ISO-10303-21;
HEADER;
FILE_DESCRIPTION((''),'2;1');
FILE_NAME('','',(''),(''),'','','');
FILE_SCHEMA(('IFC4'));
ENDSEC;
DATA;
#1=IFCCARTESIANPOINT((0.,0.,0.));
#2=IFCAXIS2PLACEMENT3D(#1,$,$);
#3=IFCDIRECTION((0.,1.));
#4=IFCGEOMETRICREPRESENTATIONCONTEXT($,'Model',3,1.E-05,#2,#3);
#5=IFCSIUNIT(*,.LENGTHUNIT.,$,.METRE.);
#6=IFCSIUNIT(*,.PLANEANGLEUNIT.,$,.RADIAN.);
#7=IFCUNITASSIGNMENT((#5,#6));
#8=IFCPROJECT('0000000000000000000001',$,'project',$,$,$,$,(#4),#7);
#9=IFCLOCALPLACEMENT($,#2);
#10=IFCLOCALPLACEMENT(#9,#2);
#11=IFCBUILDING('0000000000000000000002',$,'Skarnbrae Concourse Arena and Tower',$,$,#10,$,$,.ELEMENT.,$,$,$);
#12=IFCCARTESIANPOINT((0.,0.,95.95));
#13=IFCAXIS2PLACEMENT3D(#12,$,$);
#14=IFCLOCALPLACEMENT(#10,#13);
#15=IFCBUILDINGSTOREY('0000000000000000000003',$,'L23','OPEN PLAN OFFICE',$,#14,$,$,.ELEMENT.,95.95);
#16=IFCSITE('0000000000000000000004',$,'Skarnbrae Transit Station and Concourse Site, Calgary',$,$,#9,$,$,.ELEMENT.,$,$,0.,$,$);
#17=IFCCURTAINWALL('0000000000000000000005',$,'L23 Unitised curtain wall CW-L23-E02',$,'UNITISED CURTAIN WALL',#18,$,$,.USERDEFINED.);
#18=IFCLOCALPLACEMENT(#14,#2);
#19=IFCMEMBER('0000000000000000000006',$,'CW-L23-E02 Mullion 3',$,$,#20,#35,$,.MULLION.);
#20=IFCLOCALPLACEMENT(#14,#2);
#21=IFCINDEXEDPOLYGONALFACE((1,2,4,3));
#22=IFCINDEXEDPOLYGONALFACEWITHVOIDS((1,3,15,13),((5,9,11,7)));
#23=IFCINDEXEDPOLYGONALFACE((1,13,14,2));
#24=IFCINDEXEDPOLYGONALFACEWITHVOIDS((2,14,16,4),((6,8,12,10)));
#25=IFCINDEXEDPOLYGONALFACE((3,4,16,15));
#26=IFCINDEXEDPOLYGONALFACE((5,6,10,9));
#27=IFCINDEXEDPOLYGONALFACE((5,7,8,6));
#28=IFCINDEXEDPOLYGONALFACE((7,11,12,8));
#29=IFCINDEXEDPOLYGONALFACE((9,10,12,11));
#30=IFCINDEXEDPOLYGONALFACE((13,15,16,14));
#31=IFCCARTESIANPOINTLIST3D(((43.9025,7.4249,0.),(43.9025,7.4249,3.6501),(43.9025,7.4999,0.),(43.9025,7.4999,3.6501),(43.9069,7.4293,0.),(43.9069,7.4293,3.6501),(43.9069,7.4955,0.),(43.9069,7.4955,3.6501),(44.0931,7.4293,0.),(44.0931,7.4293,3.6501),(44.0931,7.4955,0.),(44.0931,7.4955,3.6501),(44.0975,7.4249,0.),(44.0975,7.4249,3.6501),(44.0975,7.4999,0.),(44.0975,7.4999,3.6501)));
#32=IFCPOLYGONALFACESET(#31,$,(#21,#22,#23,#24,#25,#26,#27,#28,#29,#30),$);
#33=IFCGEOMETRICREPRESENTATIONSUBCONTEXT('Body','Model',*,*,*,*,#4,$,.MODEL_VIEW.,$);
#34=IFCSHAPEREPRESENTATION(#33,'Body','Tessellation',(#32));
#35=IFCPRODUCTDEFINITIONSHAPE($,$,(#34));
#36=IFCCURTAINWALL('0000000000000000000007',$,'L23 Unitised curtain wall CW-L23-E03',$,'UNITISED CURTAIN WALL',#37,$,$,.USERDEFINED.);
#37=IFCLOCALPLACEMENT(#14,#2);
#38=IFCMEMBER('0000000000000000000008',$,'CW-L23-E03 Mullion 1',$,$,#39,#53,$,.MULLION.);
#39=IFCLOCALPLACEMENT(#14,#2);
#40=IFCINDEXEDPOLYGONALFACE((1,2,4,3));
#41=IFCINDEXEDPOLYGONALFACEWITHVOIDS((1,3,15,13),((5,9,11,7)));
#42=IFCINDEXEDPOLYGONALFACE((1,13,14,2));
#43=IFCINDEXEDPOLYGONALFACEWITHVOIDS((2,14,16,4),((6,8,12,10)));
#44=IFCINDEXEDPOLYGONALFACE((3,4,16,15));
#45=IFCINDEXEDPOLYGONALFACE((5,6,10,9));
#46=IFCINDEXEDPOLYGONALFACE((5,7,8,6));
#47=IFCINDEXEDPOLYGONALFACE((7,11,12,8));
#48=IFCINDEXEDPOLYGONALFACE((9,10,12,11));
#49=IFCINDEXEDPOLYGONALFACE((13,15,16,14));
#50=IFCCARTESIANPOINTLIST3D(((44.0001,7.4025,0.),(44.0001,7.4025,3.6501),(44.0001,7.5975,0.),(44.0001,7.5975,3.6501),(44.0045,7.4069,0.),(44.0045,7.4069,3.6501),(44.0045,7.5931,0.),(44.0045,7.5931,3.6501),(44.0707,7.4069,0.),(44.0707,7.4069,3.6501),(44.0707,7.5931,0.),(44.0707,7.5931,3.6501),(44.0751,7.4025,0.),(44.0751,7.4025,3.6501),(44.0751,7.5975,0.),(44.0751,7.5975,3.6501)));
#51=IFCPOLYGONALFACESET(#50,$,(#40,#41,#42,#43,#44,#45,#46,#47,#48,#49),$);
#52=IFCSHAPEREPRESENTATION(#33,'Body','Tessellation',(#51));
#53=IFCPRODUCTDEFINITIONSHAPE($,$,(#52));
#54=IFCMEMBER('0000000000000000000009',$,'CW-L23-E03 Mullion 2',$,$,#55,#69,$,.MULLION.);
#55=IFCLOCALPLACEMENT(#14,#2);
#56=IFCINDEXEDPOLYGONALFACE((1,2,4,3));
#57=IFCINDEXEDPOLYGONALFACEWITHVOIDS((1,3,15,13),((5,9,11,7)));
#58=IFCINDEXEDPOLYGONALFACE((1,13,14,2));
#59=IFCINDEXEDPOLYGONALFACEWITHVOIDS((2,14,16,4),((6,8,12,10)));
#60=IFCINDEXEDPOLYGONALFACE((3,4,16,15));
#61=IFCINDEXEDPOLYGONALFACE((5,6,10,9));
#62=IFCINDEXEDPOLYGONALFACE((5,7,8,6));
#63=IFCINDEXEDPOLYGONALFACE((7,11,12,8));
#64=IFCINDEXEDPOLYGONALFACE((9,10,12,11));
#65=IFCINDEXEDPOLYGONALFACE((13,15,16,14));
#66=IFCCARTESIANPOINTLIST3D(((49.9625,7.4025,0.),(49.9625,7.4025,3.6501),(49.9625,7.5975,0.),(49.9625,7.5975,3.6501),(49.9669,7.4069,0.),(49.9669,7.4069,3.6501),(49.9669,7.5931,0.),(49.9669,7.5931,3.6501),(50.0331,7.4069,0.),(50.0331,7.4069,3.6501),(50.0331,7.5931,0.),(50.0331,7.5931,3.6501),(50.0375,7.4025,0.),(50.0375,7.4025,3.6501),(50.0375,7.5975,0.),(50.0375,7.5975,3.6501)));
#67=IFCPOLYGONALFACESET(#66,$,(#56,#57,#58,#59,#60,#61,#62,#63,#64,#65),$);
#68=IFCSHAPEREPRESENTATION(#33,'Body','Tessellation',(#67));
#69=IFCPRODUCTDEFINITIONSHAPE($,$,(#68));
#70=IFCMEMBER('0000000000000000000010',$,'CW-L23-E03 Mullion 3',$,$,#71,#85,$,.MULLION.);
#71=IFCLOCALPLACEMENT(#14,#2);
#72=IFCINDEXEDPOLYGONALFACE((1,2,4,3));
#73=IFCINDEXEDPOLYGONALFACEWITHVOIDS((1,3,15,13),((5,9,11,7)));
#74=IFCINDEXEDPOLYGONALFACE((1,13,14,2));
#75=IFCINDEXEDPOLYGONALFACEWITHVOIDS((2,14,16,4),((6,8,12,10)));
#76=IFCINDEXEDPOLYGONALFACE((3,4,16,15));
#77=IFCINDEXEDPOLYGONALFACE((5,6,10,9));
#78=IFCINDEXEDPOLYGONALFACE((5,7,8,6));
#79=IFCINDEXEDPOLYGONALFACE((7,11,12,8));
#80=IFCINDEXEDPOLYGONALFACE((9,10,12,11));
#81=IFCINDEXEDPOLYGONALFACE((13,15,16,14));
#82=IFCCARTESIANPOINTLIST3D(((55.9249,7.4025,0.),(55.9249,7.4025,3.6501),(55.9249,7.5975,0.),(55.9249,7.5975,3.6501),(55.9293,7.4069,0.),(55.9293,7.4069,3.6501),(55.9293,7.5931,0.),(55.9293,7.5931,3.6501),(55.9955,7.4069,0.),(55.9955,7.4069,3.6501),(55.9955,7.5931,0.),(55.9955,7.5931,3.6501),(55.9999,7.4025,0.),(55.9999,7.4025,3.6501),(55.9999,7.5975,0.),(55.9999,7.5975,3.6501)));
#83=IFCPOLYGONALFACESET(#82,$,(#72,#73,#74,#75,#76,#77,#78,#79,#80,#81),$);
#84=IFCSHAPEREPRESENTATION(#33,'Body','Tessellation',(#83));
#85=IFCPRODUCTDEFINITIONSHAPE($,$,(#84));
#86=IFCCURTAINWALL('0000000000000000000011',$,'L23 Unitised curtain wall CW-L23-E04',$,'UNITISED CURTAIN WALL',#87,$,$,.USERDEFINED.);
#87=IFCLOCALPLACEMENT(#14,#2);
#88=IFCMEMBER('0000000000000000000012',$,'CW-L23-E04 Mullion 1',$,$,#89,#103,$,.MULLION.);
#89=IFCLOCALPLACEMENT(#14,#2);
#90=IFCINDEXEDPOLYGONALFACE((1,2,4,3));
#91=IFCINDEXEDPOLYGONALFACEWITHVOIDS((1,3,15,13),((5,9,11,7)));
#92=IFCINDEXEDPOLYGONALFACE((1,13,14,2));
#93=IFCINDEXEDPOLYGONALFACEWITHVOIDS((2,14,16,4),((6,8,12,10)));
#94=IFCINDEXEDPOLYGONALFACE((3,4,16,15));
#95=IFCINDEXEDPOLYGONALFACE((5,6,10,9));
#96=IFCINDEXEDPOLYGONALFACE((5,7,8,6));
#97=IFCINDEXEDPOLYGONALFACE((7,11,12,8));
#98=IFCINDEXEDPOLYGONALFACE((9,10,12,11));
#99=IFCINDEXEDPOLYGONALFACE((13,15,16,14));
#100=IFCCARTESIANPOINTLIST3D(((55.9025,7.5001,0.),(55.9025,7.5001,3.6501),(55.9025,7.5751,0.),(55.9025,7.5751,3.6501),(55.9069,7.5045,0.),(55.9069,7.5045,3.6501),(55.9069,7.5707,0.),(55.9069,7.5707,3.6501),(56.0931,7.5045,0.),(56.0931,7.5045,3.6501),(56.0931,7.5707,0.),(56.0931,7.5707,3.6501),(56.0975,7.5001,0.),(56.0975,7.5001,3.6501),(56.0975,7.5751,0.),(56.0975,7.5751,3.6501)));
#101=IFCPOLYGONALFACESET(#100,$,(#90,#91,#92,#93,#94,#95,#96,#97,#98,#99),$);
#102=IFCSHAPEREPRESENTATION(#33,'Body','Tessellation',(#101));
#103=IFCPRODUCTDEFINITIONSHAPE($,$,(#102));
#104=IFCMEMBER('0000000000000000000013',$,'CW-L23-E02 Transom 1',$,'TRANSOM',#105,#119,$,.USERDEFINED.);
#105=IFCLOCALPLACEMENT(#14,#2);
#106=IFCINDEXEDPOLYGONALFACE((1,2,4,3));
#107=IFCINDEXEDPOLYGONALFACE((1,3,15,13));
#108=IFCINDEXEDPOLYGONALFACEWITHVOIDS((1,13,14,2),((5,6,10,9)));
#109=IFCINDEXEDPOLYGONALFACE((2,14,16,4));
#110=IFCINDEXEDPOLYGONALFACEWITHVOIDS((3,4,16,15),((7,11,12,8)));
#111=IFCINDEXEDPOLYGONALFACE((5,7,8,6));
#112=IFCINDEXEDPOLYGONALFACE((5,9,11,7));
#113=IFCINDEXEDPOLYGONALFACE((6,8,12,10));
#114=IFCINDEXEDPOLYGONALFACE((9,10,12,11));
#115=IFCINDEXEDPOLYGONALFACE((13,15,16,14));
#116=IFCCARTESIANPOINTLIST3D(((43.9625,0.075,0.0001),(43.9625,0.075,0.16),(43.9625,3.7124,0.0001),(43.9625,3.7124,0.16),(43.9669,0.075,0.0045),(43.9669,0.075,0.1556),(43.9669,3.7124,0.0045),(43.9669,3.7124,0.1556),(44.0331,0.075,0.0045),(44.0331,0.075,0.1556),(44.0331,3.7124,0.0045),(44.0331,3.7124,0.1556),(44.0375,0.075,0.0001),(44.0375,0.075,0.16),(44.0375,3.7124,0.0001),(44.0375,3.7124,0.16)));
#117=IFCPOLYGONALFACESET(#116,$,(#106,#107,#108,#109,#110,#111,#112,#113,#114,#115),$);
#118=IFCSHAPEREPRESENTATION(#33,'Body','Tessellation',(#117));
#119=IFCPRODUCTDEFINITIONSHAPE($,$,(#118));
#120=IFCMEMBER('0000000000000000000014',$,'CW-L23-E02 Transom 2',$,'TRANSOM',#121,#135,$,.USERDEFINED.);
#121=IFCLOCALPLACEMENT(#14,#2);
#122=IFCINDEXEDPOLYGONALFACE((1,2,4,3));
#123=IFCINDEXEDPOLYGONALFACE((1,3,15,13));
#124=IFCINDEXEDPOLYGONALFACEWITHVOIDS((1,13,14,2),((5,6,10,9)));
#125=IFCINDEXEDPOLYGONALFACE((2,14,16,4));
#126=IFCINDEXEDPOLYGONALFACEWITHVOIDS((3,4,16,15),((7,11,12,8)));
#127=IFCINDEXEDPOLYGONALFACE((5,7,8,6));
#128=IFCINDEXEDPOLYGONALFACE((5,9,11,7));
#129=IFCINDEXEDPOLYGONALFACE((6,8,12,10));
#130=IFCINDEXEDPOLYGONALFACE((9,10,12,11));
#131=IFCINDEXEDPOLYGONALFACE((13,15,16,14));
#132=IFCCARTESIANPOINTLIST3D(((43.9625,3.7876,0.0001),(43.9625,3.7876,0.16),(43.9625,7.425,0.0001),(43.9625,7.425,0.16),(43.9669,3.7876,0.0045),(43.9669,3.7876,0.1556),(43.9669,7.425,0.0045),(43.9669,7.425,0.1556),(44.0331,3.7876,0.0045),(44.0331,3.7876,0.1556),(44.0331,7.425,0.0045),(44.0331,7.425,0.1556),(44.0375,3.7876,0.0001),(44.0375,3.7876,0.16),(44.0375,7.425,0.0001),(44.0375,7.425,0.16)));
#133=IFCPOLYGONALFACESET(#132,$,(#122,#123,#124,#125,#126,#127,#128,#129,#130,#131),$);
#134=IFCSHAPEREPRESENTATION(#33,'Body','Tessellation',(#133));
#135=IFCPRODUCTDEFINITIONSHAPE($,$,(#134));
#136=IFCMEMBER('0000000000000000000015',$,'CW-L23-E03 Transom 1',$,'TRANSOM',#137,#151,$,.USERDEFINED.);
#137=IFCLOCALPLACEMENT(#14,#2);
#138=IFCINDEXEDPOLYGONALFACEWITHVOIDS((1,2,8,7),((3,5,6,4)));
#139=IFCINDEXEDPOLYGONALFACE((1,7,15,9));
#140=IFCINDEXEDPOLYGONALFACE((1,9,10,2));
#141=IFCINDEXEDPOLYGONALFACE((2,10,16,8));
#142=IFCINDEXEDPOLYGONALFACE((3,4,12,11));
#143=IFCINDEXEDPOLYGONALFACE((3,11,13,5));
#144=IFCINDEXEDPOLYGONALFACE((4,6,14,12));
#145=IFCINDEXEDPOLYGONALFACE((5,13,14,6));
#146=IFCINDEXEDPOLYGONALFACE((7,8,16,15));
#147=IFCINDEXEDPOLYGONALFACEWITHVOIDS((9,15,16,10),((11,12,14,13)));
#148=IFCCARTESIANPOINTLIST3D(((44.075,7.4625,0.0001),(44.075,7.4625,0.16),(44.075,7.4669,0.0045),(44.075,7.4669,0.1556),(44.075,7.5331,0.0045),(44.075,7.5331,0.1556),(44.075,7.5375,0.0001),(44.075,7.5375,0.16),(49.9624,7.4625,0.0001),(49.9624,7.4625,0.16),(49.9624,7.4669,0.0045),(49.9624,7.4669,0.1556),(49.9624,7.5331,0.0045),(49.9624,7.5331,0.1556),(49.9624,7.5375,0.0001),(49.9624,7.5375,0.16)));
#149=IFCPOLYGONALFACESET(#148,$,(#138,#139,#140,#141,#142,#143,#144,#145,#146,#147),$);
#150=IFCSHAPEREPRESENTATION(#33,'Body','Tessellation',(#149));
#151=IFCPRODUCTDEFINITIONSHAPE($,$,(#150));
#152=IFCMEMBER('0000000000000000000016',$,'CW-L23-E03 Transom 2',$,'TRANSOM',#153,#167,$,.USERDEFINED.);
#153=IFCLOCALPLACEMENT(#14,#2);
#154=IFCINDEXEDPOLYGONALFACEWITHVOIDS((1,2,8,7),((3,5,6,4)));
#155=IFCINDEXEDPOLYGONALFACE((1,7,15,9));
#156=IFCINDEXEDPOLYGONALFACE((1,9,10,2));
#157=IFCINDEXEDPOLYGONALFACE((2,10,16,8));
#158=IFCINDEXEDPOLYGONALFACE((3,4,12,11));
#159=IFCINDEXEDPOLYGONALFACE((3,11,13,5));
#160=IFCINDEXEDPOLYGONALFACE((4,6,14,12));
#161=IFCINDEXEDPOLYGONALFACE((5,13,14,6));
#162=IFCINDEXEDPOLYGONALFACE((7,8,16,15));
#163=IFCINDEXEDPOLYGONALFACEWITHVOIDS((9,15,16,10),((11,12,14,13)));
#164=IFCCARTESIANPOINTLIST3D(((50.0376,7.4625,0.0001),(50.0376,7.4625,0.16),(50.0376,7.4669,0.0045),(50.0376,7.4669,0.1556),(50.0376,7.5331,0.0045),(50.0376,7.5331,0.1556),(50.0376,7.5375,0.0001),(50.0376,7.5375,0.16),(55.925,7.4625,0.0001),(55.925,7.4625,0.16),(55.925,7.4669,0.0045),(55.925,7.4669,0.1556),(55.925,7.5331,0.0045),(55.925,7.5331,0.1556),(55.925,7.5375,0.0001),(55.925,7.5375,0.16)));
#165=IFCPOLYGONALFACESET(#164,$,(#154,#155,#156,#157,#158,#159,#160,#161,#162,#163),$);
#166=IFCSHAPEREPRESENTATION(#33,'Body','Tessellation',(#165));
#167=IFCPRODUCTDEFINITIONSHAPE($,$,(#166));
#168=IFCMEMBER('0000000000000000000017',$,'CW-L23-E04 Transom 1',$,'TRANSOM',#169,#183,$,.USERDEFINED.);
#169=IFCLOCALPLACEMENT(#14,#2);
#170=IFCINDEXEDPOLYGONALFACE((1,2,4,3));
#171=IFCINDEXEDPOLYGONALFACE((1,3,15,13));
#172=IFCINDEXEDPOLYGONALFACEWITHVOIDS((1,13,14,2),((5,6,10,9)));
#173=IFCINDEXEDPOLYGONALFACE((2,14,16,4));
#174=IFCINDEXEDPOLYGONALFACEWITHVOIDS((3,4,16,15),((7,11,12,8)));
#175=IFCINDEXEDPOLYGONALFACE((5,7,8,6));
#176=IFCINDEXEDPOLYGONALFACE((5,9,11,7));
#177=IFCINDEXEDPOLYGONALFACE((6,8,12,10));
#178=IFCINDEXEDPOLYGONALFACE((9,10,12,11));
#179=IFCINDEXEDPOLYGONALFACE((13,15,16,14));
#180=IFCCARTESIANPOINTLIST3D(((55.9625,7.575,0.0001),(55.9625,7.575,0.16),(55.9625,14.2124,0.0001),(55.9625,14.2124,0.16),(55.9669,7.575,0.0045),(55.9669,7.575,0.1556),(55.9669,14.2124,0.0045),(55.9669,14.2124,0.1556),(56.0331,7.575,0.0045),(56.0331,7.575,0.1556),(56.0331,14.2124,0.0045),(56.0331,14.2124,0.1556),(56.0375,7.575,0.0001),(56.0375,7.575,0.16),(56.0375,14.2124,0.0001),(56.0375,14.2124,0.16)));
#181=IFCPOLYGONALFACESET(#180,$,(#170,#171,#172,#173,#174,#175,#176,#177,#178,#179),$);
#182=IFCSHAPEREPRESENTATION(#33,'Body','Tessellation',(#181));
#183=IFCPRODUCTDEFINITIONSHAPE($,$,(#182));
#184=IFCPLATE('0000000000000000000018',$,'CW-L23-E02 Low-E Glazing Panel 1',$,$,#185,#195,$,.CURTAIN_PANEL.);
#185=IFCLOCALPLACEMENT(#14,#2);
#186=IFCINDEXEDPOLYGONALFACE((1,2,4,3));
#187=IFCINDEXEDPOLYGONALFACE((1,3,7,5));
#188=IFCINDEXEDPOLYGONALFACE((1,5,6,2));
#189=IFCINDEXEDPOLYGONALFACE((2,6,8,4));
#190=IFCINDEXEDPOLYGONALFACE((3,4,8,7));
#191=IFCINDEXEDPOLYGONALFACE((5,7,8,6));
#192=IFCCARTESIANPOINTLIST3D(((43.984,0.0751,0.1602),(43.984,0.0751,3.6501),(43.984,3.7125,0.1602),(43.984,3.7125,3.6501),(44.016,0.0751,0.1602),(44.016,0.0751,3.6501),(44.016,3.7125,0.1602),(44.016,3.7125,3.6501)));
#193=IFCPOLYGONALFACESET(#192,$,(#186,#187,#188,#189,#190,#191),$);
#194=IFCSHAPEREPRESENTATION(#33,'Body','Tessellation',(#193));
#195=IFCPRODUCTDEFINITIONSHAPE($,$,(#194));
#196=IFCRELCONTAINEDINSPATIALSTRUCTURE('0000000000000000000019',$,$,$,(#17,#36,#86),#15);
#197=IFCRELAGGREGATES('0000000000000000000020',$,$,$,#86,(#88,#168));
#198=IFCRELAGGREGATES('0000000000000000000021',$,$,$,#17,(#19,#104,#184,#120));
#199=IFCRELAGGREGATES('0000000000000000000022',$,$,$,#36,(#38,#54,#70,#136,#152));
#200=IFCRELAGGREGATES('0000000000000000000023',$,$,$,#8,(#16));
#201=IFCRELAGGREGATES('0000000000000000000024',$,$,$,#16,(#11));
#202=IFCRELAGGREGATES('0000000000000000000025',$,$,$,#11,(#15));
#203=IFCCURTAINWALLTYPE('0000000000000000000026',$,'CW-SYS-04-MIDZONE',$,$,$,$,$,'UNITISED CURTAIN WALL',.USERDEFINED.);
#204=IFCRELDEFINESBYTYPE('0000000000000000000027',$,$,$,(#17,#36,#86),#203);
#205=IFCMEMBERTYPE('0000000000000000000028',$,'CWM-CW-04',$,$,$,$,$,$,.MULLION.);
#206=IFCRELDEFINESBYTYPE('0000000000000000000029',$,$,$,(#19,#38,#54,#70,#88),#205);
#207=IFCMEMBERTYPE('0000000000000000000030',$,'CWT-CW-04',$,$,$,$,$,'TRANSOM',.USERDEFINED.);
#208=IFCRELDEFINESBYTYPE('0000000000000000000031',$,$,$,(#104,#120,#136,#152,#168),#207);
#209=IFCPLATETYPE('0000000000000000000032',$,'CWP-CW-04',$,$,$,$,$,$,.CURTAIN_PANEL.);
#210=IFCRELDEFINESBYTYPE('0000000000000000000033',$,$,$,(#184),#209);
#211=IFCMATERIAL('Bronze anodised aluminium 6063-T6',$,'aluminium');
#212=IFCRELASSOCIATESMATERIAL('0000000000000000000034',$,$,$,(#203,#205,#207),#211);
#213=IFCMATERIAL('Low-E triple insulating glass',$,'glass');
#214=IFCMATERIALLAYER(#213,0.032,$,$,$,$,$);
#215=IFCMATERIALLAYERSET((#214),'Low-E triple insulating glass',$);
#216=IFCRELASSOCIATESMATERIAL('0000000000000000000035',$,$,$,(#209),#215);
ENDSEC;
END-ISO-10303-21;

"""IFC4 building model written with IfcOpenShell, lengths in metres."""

from ifc_helpers import new_model, si_unit, direction, frame, origin, origin_2d, place, context, subcontext, project, spatial, rectangle, hollow_rectangle, extrude, source, transform, mapped, material, layer, layer_set, material_profile, profile_set, type_object, element, aggregate, save


model = new_model("IFC4")

# Units and contexts
model_context = context("Model", 3, precision=1e-05, world=origin(), true_north=direction((0.0, 1.0)))
body_context = subcontext(model_context, "Body", "Model", "MODEL_VIEW")
ifc_project = project(units=[si_unit("LENGTHUNIT", "METRE"), si_unit("PLANEANGLEUNIT", "RADIAN")], contexts=[model_context])

# Site, building, storey
site_placement = place(None, origin())
site = spatial("IfcSite", under=ifc_project, at=site_placement, Name="Skarnbrae Transit Station and Concourse Site, Calgary", CompositionType="ELEMENT", RefElevation=0.0)
building_placement = place(site_placement, origin())
building = spatial("IfcBuilding", under=site, at=building_placement, Name="Skarnbrae Concourse Arena and Tower", CompositionType="ELEMENT")
storey_placement = place(building_placement, frame((0.0, 0.0, 95.95)))
storey = spatial("IfcBuildingStorey", under=building, at=storey_placement, Name="L23", Description="OPEN PLAN OFFICE", CompositionType="ELEMENT", Elevation=95.95)

# Shared definitions
ifc_material_1 = material(Name="Bronze anodised aluminium 6063-T6", Category="aluminium")
curtain_wall_type = type_object("IfcCurtainWallType", Name="CW-SYS-04-MIDZONE", ElementType="UNITISED CURTAIN WALL", PredefinedType="USERDEFINED", material=ifc_material_1)
ifc_material_profile_1 = material_profile(ifc_material_1, hollow_rectangle(XDim=0.075, YDim=0.1951, WallThickness=0.0044, at=origin_2d()), Name="ALU-MULL-75X195")
ifc_profile_set_1 = profile_set([ifc_material_profile_1], Name="Bronze anodised aluminium 6063-T6")
member_type_1 = type_object("IfcMemberType", Name="CWM-CW-04", PredefinedType="MULLION", material=ifc_profile_set_1)
shared_shape_1 = source(origin(), body_context, "Body", "SweptSolid", [
    extrude(hollow_rectangle(XDim=0.075, YDim=0.1951, WallThickness=0.0044, at=origin_2d()), origin(), (0.0, 0.0, 1.0), 3.6501),
])

# Curtain walls, members
curtain_wall_1_placement = place(storey_placement, origin())
curtain_wall_1 = element("IfcCurtainWall", 1, at=curtain_wall_1_placement, inside=storey, type_object=curtain_wall_type, Name="L23 Unitised curtain wall CW-L23-E02", ObjectType="UNITISED CURTAIN WALL", PredefinedType="USERDEFINED")
member_1_placement = place(storey_placement, frame((44.0, 7.4624, 0.0), z_axis=(0.0, 0.0, 1.0), x_axis=(0.0, 1.0, 0.0)))
member_1 = element("IfcMember", 2, at=member_1_placement, type_object=member_type_1, Name="CW-L23-E02 Mullion 3", PredefinedType="MULLION", context=body_context, shape_type="MappedRepresentation", body=[
    mapped(shared_shape_1, transform((0.0, 0.0, 0.0))),
])
curtain_wall_2_placement = place(storey_placement, origin())
curtain_wall_2 = element("IfcCurtainWall", 3, at=curtain_wall_2_placement, inside=storey, type_object=curtain_wall_type, Name="L23 Unitised curtain wall CW-L23-E03", ObjectType="UNITISED CURTAIN WALL", PredefinedType="USERDEFINED")
member_2_placement = place(storey_placement, frame((44.0376, 7.5, 0.0), z_axis=(0.0, 0.0, 1.0), x_axis=(1.0, 0.0, 0.0)))
member_2 = element("IfcMember", 4, at=member_2_placement, type_object=member_type_1, Name="CW-L23-E03 Mullion 1", PredefinedType="MULLION", context=body_context, shape_type="MappedRepresentation", body=[
    mapped(shared_shape_1, transform((0.0, 0.0, 0.0))),
])
member_3_placement = place(storey_placement, frame((50.0, 7.5, 0.0), z_axis=(0.0, 0.0, 1.0), x_axis=(1.0, 0.0, 0.0)))
member_3 = element("IfcMember", 5, at=member_3_placement, type_object=member_type_1, Name="CW-L23-E03 Mullion 2", PredefinedType="MULLION", context=body_context, shape_type="MappedRepresentation", body=[
    mapped(shared_shape_1, transform((0.0, 0.0, 0.0))),
])
member_4_placement = place(storey_placement, frame((55.9624, 7.5, 0.0), z_axis=(0.0, 0.0, 1.0), x_axis=(1.0, 0.0, 0.0)))
member_4 = element("IfcMember", 6, at=member_4_placement, type_object=member_type_1, Name="CW-L23-E03 Mullion 3", PredefinedType="MULLION", context=body_context, shape_type="MappedRepresentation", body=[
    mapped(shared_shape_1, transform((0.0, 0.0, 0.0))),
])

# Curtain wall, member
curtain_wall_3_placement = place(storey_placement, origin())
curtain_wall_3 = element("IfcCurtainWall", 7, at=curtain_wall_3_placement, inside=storey, type_object=curtain_wall_type, Name="L23 Unitised curtain wall CW-L23-E04", ObjectType="UNITISED CURTAIN WALL", PredefinedType="USERDEFINED")
member_5_placement = place(storey_placement, frame((56.0, 7.5376, 0.0), z_axis=(0.0, 0.0, 1.0), x_axis=(0.0, 1.0, 0.0)))
member_5 = element("IfcMember", 8, at=member_5_placement, type_object=member_type_1, Name="CW-L23-E04 Mullion 1", PredefinedType="MULLION", context=body_context, shape_type="MappedRepresentation", body=[
    mapped(shared_shape_1, transform((0.0, 0.0, 0.0))),
])

# Members
ifc_material_profile_2 = material_profile(ifc_material_1, hollow_rectangle(XDim=0.075, YDim=0.1599, WallThickness=0.0044, at=origin_2d()), Name="ALU-TRAN-75X160")
ifc_profile_set_2 = profile_set([ifc_material_profile_2], Name="Bronze anodised aluminium 6063-T6")
member_type_2 = type_object("IfcMemberType", Name="CWT-CW-04", ElementType="TRANSOM", PredefinedType="USERDEFINED", material=ifc_profile_set_2)
shared_shape_2 = source(origin(), body_context, "Body", "SweptSolid", [
    extrude(hollow_rectangle(XDim=0.075, YDim=0.1599, WallThickness=0.0044, at=origin_2d()), origin(), (0.0, 0.0, 1.0), 3.6375),
])
member_6_placement = place(storey_placement, frame((44.0, 0.075, 0.0801), z_axis=(0.0, 1.0, 0.0), x_axis=(-1.0, 0.0, 0.0)))
member_6 = element("IfcMember", 9, at=member_6_placement, type_object=member_type_2, Name="CW-L23-E02 Transom 1", ObjectType="TRANSOM", PredefinedType="USERDEFINED", context=body_context, shape_type="MappedRepresentation", body=[
    mapped(shared_shape_2, transform((0.0, 0.0, 0.0))),
])
member_7_placement = place(storey_placement, frame((44.0, 3.7876, 0.0801), z_axis=(0.0, 1.0, 0.0), x_axis=(-1.0, 0.0, 0.0)))
member_7 = element("IfcMember", 10, at=member_7_placement, type_object=member_type_2, Name="CW-L23-E02 Transom 2", ObjectType="TRANSOM", PredefinedType="USERDEFINED", context=body_context, shape_type="MappedRepresentation", body=[
    mapped(shared_shape_2, transform((0.0, 0.0, 0.0))),
])
shared_shape_3 = source(origin(), body_context, "Body", "SweptSolid", [
    extrude(hollow_rectangle(XDim=0.075, YDim=0.1599, WallThickness=0.0044, at=origin_2d()), origin(), (0.0, 0.0, 1.0), 5.8875),
])
member_8_placement = place(storey_placement, frame((44.075, 7.5, 0.0801), z_axis=(1.0, 0.0, 0.0), x_axis=(0.0, 1.0, 0.0)))
member_8 = element("IfcMember", 11, at=member_8_placement, type_object=member_type_2, Name="CW-L23-E03 Transom 1", ObjectType="TRANSOM", PredefinedType="USERDEFINED", context=body_context, shape_type="MappedRepresentation", body=[
    mapped(shared_shape_3, transform((0.0, 0.0, 0.0))),
])
member_9_placement = place(storey_placement, frame((50.0376, 7.5, 0.0801), z_axis=(1.0, 0.0, 0.0), x_axis=(0.0, 1.0, 0.0)))
member_9 = element("IfcMember", 12, at=member_9_placement, type_object=member_type_2, Name="CW-L23-E03 Transom 2", ObjectType="TRANSOM", PredefinedType="USERDEFINED", context=body_context, shape_type="MappedRepresentation", body=[
    mapped(shared_shape_3, transform((0.0, 0.0, 0.0))),
])
shared_shape_4 = source(origin(), body_context, "Body", "SweptSolid", [
    extrude(hollow_rectangle(XDim=0.075, YDim=0.1599, WallThickness=0.0044, at=origin_2d()), origin(), (0.0, 0.0, 1.0), 6.6375),
])
member_10_placement = place(storey_placement, frame((56.0, 7.575, 0.0801), z_axis=(0.0, 1.0, 0.0), x_axis=(-1.0, 0.0, 0.0)))
member_10 = element("IfcMember", 13, at=member_10_placement, type_object=member_type_2, Name="CW-L23-E04 Transom 1", ObjectType="TRANSOM", PredefinedType="USERDEFINED", context=body_context, shape_type="MappedRepresentation", body=[
    mapped(shared_shape_4, transform((0.0, 0.0, 0.0))),
])
aggregate(curtain_wall_3, [member_5, member_10])

# Plate
ifc_material_2 = material(Name="Low-E triple insulating glass", Category="glass")
ifc_layer = layer(ifc_material_2, 0.032)
ifc_layer_set = layer_set([ifc_layer], Name="Low-E triple insulating glass")
plate_type = type_object("IfcPlateType", Name="CWP-CW-04", PredefinedType="CURTAIN_PANEL", material=ifc_layer_set)
shared_shape_5 = source(origin(), body_context, "Body", "SweptSolid", [
    extrude(rectangle(XDim=3.6375, YDim=0.032, at=origin_2d()), origin(), (0.0, 0.0, 1.0), 3.49),
])
plate_1_placement = place(storey_placement, frame((44.0, 1.8938, 0.1602), z_axis=(0.0, 0.0, 1.0), x_axis=(0.0, 1.0, 0.0)))
plate_1 = element("IfcPlate", 14, at=plate_1_placement, type_object=plate_type, Name="CW-L23-E02 Low-E Glazing Panel 1", PredefinedType="CURTAIN_PANEL", context=body_context, shape_type="MappedRepresentation", body=[
    mapped(shared_shape_5, transform((0.0, 0.0, 0.0))),
])
aggregate(curtain_wall_1, [member_1, member_6, plate_1, member_7])
aggregate(curtain_wall_2, [member_2, member_3, member_4, member_8, member_9])

save(model, "model.ifc")
